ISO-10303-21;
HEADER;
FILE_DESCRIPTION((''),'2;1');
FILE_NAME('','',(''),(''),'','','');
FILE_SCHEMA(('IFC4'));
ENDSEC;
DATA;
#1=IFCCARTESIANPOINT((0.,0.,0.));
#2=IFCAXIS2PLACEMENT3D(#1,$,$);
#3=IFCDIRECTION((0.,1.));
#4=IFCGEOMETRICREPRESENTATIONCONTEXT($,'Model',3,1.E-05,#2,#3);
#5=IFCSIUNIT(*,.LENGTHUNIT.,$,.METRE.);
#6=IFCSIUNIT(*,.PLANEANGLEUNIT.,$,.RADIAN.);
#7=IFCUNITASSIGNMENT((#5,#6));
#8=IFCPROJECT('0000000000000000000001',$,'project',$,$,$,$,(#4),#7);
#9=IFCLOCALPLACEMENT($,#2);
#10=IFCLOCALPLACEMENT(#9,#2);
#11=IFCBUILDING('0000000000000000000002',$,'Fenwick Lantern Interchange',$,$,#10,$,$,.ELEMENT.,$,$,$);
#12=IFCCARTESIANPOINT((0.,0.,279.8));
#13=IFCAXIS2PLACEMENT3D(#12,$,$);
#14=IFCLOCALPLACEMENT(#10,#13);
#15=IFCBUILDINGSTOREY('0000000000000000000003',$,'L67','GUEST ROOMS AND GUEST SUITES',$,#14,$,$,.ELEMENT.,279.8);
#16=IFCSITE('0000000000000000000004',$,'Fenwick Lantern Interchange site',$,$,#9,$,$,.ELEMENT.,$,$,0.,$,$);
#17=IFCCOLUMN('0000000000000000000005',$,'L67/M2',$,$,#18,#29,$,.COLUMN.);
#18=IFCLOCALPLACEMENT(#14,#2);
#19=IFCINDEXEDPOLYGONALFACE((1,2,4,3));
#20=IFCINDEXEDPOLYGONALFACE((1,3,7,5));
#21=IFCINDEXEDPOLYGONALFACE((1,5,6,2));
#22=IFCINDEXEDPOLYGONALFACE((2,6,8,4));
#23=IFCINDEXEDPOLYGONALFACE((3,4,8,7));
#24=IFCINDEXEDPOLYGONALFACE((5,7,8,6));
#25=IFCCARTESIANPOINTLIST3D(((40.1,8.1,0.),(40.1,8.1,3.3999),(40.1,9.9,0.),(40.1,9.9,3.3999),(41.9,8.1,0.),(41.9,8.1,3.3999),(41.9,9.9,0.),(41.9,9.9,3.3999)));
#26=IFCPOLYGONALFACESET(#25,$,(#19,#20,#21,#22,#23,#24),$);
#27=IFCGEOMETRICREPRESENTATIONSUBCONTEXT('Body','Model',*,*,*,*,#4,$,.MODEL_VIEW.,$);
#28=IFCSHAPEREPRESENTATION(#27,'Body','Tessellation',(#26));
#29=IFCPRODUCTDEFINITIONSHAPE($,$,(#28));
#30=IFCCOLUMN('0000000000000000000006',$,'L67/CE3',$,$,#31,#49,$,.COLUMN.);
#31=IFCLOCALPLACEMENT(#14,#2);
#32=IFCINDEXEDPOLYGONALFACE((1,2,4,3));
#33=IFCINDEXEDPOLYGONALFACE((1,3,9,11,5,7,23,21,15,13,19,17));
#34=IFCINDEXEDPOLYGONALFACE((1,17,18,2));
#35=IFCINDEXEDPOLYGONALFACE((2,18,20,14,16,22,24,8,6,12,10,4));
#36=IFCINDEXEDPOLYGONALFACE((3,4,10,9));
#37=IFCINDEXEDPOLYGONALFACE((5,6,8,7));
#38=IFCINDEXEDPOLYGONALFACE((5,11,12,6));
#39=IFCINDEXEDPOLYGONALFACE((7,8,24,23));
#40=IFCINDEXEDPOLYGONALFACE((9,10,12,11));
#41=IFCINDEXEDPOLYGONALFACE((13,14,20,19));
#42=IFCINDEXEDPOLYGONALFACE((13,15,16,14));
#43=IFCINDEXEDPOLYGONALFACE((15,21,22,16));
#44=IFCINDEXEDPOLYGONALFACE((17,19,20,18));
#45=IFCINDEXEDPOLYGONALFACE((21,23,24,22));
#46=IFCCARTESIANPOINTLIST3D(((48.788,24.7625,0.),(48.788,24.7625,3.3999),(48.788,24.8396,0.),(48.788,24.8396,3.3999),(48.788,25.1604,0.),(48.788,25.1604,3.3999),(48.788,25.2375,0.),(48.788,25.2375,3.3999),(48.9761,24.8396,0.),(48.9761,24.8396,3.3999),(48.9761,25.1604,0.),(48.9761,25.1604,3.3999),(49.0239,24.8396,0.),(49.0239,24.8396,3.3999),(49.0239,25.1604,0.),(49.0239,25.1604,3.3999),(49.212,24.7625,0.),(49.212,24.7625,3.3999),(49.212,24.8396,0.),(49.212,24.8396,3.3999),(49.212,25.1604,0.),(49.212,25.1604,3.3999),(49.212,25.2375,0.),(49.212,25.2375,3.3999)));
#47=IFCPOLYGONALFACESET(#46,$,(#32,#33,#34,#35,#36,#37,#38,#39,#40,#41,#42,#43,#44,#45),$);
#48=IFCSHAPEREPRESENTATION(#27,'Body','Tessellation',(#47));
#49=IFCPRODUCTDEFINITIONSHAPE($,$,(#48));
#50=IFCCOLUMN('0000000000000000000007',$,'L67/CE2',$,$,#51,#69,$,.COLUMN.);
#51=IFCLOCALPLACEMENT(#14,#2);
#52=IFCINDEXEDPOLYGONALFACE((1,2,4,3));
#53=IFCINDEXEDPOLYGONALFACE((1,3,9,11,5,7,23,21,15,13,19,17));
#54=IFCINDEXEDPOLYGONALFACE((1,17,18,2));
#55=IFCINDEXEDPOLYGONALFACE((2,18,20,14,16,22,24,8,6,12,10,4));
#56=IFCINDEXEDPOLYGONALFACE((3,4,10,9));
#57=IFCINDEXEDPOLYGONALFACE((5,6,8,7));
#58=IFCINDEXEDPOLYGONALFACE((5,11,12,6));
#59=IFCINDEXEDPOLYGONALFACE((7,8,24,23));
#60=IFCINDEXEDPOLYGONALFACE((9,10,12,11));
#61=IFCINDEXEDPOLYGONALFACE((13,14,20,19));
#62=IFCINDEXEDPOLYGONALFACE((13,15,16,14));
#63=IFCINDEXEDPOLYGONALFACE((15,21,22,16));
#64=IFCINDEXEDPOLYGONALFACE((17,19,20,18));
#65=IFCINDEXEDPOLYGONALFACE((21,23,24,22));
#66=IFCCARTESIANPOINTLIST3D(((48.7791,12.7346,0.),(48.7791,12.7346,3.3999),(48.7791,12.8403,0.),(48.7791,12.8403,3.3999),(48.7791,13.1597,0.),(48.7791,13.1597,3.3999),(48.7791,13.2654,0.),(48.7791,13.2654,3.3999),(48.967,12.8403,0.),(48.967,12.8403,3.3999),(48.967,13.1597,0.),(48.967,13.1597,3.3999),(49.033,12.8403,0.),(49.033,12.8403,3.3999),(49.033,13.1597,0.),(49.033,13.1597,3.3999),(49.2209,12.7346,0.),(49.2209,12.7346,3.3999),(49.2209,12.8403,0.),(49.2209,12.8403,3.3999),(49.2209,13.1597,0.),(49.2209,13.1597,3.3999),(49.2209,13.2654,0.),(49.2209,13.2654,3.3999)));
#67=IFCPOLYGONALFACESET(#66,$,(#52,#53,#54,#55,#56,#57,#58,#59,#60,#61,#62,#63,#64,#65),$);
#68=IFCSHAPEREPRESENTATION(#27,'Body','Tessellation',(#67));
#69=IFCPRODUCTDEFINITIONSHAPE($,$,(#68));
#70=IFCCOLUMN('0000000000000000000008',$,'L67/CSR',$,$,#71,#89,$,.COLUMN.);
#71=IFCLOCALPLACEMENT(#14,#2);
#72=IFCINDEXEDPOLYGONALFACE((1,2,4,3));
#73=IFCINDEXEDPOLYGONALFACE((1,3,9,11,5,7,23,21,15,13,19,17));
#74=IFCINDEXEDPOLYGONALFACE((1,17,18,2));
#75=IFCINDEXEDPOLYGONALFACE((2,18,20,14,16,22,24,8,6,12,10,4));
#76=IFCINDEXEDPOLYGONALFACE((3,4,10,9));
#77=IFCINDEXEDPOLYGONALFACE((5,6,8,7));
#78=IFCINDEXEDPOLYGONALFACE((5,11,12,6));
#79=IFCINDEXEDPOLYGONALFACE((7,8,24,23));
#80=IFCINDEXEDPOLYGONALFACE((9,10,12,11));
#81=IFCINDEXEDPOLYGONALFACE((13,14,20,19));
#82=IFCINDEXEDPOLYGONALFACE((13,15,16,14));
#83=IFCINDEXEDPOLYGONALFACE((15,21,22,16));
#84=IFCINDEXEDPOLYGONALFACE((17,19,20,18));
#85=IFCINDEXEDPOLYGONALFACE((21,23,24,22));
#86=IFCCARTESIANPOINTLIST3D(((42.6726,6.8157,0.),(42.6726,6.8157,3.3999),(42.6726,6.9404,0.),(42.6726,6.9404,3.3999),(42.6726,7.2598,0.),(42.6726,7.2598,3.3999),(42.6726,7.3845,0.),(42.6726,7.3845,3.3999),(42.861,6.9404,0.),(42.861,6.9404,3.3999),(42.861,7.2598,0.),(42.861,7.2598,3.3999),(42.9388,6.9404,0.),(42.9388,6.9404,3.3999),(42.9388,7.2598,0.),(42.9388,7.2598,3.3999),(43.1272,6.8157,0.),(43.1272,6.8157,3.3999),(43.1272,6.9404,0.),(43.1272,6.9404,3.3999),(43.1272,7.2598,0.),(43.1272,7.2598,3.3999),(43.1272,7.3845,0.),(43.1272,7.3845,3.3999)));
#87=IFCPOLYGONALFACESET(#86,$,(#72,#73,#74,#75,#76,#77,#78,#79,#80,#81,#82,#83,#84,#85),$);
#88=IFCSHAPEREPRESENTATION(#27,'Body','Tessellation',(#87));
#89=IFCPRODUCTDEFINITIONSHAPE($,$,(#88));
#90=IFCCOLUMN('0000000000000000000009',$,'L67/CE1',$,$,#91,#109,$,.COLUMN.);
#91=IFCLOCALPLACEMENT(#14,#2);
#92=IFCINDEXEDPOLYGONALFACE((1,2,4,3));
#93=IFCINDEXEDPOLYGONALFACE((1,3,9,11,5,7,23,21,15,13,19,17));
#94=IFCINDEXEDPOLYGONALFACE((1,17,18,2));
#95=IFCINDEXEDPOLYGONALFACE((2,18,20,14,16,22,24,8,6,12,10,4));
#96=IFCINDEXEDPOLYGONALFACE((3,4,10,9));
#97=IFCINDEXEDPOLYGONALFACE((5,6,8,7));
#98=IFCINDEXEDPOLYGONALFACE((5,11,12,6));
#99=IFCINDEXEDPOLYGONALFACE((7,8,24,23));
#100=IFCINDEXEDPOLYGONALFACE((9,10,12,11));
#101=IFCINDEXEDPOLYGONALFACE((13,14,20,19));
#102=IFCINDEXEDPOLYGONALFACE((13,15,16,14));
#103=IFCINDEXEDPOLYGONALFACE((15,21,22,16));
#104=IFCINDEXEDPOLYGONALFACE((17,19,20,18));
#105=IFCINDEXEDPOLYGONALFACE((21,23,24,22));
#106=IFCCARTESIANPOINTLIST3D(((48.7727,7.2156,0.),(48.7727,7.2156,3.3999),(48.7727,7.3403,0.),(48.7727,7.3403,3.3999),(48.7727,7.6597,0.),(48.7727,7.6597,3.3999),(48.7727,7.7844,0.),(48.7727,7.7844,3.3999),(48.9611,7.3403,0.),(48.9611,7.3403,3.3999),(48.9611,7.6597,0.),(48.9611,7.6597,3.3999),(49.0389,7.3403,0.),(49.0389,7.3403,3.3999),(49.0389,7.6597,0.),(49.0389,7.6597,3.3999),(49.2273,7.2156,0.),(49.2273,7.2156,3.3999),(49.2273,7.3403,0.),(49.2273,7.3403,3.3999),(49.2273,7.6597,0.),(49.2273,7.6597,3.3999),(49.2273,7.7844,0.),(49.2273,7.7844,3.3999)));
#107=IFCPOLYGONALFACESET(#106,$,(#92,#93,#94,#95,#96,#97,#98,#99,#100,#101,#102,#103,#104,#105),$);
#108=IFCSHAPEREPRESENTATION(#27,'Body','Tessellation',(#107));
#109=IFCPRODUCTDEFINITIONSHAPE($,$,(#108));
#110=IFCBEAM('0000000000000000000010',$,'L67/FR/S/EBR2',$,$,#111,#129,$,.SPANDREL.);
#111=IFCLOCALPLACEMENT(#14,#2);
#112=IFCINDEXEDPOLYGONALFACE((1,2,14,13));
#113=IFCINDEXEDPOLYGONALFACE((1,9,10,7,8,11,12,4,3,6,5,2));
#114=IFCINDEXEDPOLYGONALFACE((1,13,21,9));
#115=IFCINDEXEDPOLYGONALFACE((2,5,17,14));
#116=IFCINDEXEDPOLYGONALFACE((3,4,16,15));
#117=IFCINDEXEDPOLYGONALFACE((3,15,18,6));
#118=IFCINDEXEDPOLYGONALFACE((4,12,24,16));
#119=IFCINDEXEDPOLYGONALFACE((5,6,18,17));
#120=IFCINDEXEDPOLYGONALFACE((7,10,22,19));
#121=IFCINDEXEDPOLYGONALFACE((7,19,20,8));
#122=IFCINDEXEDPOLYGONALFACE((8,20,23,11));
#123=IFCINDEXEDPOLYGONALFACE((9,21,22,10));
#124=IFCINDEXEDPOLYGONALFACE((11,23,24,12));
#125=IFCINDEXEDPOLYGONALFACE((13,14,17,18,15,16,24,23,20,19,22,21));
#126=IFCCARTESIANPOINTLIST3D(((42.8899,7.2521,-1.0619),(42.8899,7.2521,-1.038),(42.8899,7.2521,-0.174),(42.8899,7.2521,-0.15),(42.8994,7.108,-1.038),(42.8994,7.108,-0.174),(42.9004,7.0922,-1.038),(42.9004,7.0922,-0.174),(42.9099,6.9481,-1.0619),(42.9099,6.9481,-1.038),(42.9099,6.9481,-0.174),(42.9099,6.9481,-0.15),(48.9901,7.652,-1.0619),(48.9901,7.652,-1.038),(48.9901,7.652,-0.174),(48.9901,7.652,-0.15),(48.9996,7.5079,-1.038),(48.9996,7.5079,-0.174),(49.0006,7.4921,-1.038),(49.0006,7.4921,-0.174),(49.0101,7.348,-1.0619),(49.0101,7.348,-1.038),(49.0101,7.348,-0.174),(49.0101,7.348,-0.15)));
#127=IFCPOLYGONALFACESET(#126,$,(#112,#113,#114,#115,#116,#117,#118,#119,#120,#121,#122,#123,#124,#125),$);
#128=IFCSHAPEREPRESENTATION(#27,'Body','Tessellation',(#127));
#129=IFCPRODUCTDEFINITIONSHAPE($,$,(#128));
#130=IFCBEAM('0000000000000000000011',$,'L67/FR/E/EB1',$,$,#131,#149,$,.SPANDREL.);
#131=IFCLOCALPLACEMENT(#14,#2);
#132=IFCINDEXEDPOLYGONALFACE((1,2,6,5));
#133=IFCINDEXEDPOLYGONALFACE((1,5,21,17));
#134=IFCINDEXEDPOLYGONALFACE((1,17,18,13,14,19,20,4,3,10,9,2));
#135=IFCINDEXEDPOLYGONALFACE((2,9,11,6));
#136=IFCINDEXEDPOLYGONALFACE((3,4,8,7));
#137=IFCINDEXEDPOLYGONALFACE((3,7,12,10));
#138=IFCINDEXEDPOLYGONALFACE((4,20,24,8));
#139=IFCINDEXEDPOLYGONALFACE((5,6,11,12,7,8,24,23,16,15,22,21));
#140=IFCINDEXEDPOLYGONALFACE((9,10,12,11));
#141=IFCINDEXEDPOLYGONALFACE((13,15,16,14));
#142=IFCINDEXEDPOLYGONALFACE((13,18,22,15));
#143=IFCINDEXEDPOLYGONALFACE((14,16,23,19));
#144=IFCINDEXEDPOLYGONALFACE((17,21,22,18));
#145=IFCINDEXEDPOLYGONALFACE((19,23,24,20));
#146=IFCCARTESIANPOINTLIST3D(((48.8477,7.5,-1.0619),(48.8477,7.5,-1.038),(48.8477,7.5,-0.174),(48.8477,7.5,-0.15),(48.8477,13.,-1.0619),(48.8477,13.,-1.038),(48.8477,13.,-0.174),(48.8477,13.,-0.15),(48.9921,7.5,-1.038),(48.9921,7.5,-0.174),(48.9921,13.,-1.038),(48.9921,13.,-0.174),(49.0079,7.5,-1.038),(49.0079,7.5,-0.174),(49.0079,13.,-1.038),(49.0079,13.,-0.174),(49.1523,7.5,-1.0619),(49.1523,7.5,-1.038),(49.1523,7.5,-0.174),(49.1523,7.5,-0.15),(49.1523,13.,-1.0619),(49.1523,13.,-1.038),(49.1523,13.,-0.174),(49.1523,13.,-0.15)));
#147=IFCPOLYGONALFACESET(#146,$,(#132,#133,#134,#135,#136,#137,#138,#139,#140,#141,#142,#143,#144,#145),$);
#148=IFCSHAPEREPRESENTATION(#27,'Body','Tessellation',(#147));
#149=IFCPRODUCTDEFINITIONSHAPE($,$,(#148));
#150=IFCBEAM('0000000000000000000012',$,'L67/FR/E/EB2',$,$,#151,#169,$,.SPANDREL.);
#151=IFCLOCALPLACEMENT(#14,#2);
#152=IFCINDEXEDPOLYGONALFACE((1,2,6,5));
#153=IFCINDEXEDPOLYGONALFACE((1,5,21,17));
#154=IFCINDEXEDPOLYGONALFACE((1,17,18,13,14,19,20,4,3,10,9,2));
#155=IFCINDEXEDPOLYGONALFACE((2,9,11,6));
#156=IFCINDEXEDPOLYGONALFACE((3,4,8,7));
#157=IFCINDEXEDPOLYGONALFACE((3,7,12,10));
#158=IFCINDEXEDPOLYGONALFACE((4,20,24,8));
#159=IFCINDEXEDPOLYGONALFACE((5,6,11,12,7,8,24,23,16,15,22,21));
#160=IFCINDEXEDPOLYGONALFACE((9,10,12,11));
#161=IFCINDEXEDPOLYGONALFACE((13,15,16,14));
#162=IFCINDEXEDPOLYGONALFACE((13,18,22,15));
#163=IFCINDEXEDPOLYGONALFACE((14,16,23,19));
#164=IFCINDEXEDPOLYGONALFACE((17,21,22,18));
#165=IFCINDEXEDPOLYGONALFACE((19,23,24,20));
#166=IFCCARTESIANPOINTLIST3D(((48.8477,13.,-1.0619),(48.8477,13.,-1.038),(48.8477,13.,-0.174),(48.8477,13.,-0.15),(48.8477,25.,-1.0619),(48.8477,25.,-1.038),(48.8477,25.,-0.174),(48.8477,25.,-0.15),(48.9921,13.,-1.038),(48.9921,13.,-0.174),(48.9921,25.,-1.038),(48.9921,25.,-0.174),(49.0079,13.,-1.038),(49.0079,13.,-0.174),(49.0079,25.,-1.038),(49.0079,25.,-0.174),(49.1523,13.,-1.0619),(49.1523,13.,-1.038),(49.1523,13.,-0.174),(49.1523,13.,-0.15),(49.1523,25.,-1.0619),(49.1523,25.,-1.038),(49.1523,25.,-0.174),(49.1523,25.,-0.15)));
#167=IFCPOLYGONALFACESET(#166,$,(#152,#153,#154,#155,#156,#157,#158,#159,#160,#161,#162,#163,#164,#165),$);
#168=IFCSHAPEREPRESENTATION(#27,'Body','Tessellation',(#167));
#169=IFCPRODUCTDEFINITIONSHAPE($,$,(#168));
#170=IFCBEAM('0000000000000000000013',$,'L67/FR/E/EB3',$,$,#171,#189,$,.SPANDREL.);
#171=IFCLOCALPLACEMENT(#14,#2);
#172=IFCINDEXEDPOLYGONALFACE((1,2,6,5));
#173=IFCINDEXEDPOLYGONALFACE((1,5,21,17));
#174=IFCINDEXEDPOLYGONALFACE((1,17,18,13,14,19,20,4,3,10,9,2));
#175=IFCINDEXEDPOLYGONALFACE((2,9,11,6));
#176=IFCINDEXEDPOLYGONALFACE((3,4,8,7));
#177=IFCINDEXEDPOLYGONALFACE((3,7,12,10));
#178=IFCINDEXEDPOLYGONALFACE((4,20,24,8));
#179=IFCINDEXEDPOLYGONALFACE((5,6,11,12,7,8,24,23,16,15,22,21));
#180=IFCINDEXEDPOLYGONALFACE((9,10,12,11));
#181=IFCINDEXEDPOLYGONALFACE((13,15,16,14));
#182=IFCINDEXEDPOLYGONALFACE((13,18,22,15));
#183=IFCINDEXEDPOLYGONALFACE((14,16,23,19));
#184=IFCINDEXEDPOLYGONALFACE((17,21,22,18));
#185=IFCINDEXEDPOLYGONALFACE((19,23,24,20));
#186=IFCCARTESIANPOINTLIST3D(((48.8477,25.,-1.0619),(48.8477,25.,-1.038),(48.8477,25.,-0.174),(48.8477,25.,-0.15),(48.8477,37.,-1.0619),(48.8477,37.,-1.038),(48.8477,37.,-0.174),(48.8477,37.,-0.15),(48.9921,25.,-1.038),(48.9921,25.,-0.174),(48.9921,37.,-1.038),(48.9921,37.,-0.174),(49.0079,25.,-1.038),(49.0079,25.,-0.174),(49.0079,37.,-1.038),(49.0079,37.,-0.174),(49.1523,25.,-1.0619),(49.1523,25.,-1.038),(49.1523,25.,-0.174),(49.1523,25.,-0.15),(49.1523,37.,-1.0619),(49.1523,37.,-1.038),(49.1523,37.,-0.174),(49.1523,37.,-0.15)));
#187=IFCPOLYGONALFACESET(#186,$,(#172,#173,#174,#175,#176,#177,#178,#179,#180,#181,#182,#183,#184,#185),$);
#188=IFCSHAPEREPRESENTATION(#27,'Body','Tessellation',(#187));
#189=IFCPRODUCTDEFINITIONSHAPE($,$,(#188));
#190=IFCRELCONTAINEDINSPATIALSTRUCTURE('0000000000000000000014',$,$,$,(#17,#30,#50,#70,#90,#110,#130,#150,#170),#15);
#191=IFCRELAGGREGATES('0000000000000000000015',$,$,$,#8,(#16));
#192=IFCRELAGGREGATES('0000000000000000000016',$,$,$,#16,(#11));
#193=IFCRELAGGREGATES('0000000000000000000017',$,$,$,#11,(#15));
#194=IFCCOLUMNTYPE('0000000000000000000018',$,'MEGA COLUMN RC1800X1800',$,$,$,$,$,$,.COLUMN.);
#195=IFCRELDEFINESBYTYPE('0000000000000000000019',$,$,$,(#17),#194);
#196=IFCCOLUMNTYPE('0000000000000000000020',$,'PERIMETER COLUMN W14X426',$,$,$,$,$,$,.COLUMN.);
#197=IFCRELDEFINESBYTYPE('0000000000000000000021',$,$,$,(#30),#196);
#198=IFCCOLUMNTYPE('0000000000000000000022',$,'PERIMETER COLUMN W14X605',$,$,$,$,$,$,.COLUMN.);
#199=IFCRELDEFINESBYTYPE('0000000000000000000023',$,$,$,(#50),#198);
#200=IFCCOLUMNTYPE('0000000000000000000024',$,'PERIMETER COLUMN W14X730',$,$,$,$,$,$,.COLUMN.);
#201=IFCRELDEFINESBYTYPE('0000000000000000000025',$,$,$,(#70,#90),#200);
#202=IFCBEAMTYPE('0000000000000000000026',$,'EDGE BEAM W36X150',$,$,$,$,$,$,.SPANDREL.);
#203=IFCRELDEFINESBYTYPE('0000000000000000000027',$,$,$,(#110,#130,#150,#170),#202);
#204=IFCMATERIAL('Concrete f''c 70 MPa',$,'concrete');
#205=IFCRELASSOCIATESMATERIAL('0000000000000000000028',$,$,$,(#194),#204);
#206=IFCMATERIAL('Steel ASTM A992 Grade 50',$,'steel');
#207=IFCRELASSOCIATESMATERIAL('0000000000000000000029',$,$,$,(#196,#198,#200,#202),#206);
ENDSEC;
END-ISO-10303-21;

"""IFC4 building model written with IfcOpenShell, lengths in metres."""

from ifc_helpers import new_model, si_unit, direction, frame, origin, origin_2d, place, context, subcontext, project, spatial, rectangle, i_section, extrude, material, material_profile, profile_set, type_object, element, save


model = new_model("IFC4")

# Units and contexts
model_context = context("Model", 3, precision=1e-05, world=origin(), true_north=direction((0.0, 1.0)))
body_context = subcontext(model_context, "Body", "Model", "MODEL_VIEW")
ifc_project = project(units=[si_unit("LENGTHUNIT", "METRE"), si_unit("PLANEANGLEUNIT", "RADIAN")], contexts=[model_context])

# Site, building, storey
site_placement = place(None, origin())
site = spatial("IfcSite", under=ifc_project, at=site_placement, Name="Fenwick Lantern Interchange site", CompositionType="ELEMENT", RefElevation=0.0)
building_placement = place(site_placement, origin())
building = spatial("IfcBuilding", under=site, at=building_placement, Name="Fenwick Lantern Interchange", CompositionType="ELEMENT")
storey_placement = place(building_placement, frame((0.0, 0.0, 279.8)))
storey = spatial("IfcBuildingStorey", under=building, at=storey_placement, Name="L67", Description="GUEST ROOMS AND GUEST SUITES", CompositionType="ELEMENT", Elevation=279.8)

# Columns
ifc_material_1 = material(Name="Concrete f'c 70 MPa", Category="concrete")
ifc_material_profile_1 = material_profile(ifc_material_1, rectangle(XDim=1.8, YDim=1.8, at=origin_2d()), Name="RC1800X1800")
ifc_profile_set_1 = profile_set([ifc_material_profile_1], Name="Concrete f'c 70 MPa")
column_type_1 = type_object("IfcColumnType", Name="MEGA COLUMN RC1800X1800", PredefinedType="COLUMN", material=ifc_profile_set_1)
column_1_placement = place(storey_placement, frame((41.0, 9.0, 0.0), z_axis=(0.0, 0.0, 1.0), x_axis=(1.0, 0.0, 0.0)))
element("IfcColumn", 1, at=column_1_placement, inside=storey, type_object=column_type_1, Name="L67/M2", PredefinedType="COLUMN", context=body_context, shape_type="SweptSolid", body=[
    extrude(rectangle(XDim=1.8, YDim=1.8, at=origin_2d()), origin(), (0.0, 0.0, 1.0), 3.3999),
])
ifc_material_2 = material(Name="Steel ASTM A992 Grade 50", Category="steel")
ifc_material_profile_2 = material_profile(ifc_material_2, i_section(OverallWidth=0.4241, OverallDepth=0.4751, WebThickness=0.0479, FlangeThickness=0.0771, at=origin_2d()), Name="W14X426")
ifc_profile_set_2 = profile_set([ifc_material_profile_2], Name="Steel ASTM A992 Grade 50")
column_type_2 = type_object("IfcColumnType", Name="PERIMETER COLUMN W14X426", PredefinedType="COLUMN", material=ifc_profile_set_2)
column_2_placement = place(storey_placement, frame((49.0, 25.0, 0.0), z_axis=(0.0, 0.0, 1.0), x_axis=(1.0, 0.0, 0.0)))
element("IfcColumn", 2, at=column_2_placement, inside=storey, type_object=column_type_2, Name="L67/CE3", PredefinedType="COLUMN", context=body_context, shape_type="SweptSolid", body=[
    extrude(i_section(OverallWidth=0.4241, OverallDepth=0.4751, WebThickness=0.0479, FlangeThickness=0.0771, at=origin_2d()), origin(), (0.0, 0.0, 1.0), 3.3999),
])
ifc_material_profile_3 = material_profile(ifc_material_2, i_section(OverallWidth=0.4419, OverallDepth=0.5308, WebThickness=0.0659, FlangeThickness=0.1057, at=origin_2d()), Name="W14X605")
ifc_profile_set_3 = profile_set([ifc_material_profile_3], Name="Steel ASTM A992 Grade 50")
column_type_3 = type_object("IfcColumnType", Name="PERIMETER COLUMN W14X605", PredefinedType="COLUMN", material=ifc_profile_set_3)
column_3_placement = place(storey_placement, frame((49.0, 13.0, 0.0), z_axis=(0.0, 0.0, 1.0), x_axis=(1.0, 0.0, 0.0)))
element("IfcColumn", 3, at=column_3_placement, inside=storey, type_object=column_type_3, Name="L67/CE2", PredefinedType="COLUMN", context=body_context, shape_type="SweptSolid", body=[
    extrude(i_section(OverallWidth=0.4419, OverallDepth=0.5308, WebThickness=0.0659, FlangeThickness=0.1057, at=origin_2d()), origin(), (0.0, 0.0, 1.0), 3.3999),
])
ifc_material_profile_4 = material_profile(ifc_material_2, i_section(OverallWidth=0.4546, OverallDepth=0.5688, WebThickness=0.0779, FlangeThickness=0.1248, at=origin_2d()), Name="W14X730")
ifc_profile_set_4 = profile_set([ifc_material_profile_4], Name="Steel ASTM A992 Grade 50")
column_type_4 = type_object("IfcColumnType", Name="PERIMETER COLUMN W14X730", PredefinedType="COLUMN", material=ifc_profile_set_4)
for number, where, z_axis, x_axis, name in (
    (4, (42.8999, 7.1001, 0.0), (0.0, 0.0, 1.0), (1.0, 0.0, 0.0), "L67/CSR"),
    (5, (49.0, 7.5, 0.0), (0.0, 0.0, 1.0), (1.0, 0.0, 0.0), "L67/CE1"),
):
    element("IfcColumn", number, at=place(storey_placement, frame(where, z_axis=z_axis, x_axis=x_axis)), inside=storey, type_object=column_type_4, Name=name, PredefinedType="COLUMN", context=body_context, shape_type="SweptSolid", body=[
        extrude(i_section(OverallWidth=0.4546, OverallDepth=0.5688, WebThickness=0.0779, FlangeThickness=0.1248, at=origin_2d()), origin(), (0.0, 0.0, 1.0), 3.3999),
    ])

# Beams
ifc_material_profile_5 = material_profile(ifc_material_2, i_section(OverallWidth=0.3047, OverallDepth=0.9119, WebThickness=0.0159, FlangeThickness=0.0239, at=origin_2d()), Name="W36X150")
ifc_profile_set_5 = profile_set([ifc_material_profile_5], Name="Steel ASTM A992 Grade 50")
beam_type_1 = type_object("IfcBeamType", Name="EDGE BEAM W36X150", PredefinedType="SPANDREL", material=ifc_profile_set_5)
beam_1_placement = place(storey_placement, frame((42.8999, 7.1001, -0.606), z_axis=(0.997858, 0.065416, 0.0), x_axis=(-0.065416, 0.997858, 0.0)))
element("IfcBeam", 6, at=beam_1_placement, inside=storey, type_object=beam_type_1, Name="L67/FR/S/EBR2", PredefinedType="SPANDREL", context=body_context, shape_type="SweptSolid", body=[
    extrude(i_section(OverallWidth=0.3047, OverallDepth=0.9119, WebThickness=0.0159, FlangeThickness=0.0239, at=origin_2d()), origin(), (0.0, 0.0, 1.0), 6.1133),
])
beam_2_placement = place(storey_placement, frame((49.0, 7.5, -0.606), z_axis=(0.0, 1.0, 0.0), x_axis=(-1.0, 0.0, 0.0)))
element("IfcBeam", 7, at=beam_2_placement, inside=storey, type_object=beam_type_1, Name="L67/FR/E/EB1", PredefinedType="SPANDREL", context=body_context, shape_type="SweptSolid", body=[
    extrude(i_section(OverallWidth=0.3047, OverallDepth=0.9119, WebThickness=0.0159, FlangeThickness=0.0239, at=origin_2d()), origin(), (0.0, 0.0, 1.0), 5.5),
])
for number, where, z_axis, x_axis, name in (
    (8, (49.0, 13.0, -0.606), (0.0, 1.0, 0.0), (-1.0, 0.0, 0.0), "L67/FR/E/EB2"),
    (9, (49.0, 25.0, -0.606), (0.0, 1.0, 0.0), (-1.0, 0.0, 0.0), "L67/FR/E/EB3"),
):
    element("IfcBeam", number, at=place(storey_placement, frame(where, z_axis=z_axis, x_axis=x_axis)), inside=storey, type_object=beam_type_1, Name=name, PredefinedType="SPANDREL", context=body_context, shape_type="SweptSolid", body=[
        extrude(i_section(OverallWidth=0.3047, OverallDepth=0.9119, WebThickness=0.0159, FlangeThickness=0.0239, at=origin_2d()), origin(), (0.0, 0.0, 1.0), 12.0),
    ])

save(model, "model.ifc")
